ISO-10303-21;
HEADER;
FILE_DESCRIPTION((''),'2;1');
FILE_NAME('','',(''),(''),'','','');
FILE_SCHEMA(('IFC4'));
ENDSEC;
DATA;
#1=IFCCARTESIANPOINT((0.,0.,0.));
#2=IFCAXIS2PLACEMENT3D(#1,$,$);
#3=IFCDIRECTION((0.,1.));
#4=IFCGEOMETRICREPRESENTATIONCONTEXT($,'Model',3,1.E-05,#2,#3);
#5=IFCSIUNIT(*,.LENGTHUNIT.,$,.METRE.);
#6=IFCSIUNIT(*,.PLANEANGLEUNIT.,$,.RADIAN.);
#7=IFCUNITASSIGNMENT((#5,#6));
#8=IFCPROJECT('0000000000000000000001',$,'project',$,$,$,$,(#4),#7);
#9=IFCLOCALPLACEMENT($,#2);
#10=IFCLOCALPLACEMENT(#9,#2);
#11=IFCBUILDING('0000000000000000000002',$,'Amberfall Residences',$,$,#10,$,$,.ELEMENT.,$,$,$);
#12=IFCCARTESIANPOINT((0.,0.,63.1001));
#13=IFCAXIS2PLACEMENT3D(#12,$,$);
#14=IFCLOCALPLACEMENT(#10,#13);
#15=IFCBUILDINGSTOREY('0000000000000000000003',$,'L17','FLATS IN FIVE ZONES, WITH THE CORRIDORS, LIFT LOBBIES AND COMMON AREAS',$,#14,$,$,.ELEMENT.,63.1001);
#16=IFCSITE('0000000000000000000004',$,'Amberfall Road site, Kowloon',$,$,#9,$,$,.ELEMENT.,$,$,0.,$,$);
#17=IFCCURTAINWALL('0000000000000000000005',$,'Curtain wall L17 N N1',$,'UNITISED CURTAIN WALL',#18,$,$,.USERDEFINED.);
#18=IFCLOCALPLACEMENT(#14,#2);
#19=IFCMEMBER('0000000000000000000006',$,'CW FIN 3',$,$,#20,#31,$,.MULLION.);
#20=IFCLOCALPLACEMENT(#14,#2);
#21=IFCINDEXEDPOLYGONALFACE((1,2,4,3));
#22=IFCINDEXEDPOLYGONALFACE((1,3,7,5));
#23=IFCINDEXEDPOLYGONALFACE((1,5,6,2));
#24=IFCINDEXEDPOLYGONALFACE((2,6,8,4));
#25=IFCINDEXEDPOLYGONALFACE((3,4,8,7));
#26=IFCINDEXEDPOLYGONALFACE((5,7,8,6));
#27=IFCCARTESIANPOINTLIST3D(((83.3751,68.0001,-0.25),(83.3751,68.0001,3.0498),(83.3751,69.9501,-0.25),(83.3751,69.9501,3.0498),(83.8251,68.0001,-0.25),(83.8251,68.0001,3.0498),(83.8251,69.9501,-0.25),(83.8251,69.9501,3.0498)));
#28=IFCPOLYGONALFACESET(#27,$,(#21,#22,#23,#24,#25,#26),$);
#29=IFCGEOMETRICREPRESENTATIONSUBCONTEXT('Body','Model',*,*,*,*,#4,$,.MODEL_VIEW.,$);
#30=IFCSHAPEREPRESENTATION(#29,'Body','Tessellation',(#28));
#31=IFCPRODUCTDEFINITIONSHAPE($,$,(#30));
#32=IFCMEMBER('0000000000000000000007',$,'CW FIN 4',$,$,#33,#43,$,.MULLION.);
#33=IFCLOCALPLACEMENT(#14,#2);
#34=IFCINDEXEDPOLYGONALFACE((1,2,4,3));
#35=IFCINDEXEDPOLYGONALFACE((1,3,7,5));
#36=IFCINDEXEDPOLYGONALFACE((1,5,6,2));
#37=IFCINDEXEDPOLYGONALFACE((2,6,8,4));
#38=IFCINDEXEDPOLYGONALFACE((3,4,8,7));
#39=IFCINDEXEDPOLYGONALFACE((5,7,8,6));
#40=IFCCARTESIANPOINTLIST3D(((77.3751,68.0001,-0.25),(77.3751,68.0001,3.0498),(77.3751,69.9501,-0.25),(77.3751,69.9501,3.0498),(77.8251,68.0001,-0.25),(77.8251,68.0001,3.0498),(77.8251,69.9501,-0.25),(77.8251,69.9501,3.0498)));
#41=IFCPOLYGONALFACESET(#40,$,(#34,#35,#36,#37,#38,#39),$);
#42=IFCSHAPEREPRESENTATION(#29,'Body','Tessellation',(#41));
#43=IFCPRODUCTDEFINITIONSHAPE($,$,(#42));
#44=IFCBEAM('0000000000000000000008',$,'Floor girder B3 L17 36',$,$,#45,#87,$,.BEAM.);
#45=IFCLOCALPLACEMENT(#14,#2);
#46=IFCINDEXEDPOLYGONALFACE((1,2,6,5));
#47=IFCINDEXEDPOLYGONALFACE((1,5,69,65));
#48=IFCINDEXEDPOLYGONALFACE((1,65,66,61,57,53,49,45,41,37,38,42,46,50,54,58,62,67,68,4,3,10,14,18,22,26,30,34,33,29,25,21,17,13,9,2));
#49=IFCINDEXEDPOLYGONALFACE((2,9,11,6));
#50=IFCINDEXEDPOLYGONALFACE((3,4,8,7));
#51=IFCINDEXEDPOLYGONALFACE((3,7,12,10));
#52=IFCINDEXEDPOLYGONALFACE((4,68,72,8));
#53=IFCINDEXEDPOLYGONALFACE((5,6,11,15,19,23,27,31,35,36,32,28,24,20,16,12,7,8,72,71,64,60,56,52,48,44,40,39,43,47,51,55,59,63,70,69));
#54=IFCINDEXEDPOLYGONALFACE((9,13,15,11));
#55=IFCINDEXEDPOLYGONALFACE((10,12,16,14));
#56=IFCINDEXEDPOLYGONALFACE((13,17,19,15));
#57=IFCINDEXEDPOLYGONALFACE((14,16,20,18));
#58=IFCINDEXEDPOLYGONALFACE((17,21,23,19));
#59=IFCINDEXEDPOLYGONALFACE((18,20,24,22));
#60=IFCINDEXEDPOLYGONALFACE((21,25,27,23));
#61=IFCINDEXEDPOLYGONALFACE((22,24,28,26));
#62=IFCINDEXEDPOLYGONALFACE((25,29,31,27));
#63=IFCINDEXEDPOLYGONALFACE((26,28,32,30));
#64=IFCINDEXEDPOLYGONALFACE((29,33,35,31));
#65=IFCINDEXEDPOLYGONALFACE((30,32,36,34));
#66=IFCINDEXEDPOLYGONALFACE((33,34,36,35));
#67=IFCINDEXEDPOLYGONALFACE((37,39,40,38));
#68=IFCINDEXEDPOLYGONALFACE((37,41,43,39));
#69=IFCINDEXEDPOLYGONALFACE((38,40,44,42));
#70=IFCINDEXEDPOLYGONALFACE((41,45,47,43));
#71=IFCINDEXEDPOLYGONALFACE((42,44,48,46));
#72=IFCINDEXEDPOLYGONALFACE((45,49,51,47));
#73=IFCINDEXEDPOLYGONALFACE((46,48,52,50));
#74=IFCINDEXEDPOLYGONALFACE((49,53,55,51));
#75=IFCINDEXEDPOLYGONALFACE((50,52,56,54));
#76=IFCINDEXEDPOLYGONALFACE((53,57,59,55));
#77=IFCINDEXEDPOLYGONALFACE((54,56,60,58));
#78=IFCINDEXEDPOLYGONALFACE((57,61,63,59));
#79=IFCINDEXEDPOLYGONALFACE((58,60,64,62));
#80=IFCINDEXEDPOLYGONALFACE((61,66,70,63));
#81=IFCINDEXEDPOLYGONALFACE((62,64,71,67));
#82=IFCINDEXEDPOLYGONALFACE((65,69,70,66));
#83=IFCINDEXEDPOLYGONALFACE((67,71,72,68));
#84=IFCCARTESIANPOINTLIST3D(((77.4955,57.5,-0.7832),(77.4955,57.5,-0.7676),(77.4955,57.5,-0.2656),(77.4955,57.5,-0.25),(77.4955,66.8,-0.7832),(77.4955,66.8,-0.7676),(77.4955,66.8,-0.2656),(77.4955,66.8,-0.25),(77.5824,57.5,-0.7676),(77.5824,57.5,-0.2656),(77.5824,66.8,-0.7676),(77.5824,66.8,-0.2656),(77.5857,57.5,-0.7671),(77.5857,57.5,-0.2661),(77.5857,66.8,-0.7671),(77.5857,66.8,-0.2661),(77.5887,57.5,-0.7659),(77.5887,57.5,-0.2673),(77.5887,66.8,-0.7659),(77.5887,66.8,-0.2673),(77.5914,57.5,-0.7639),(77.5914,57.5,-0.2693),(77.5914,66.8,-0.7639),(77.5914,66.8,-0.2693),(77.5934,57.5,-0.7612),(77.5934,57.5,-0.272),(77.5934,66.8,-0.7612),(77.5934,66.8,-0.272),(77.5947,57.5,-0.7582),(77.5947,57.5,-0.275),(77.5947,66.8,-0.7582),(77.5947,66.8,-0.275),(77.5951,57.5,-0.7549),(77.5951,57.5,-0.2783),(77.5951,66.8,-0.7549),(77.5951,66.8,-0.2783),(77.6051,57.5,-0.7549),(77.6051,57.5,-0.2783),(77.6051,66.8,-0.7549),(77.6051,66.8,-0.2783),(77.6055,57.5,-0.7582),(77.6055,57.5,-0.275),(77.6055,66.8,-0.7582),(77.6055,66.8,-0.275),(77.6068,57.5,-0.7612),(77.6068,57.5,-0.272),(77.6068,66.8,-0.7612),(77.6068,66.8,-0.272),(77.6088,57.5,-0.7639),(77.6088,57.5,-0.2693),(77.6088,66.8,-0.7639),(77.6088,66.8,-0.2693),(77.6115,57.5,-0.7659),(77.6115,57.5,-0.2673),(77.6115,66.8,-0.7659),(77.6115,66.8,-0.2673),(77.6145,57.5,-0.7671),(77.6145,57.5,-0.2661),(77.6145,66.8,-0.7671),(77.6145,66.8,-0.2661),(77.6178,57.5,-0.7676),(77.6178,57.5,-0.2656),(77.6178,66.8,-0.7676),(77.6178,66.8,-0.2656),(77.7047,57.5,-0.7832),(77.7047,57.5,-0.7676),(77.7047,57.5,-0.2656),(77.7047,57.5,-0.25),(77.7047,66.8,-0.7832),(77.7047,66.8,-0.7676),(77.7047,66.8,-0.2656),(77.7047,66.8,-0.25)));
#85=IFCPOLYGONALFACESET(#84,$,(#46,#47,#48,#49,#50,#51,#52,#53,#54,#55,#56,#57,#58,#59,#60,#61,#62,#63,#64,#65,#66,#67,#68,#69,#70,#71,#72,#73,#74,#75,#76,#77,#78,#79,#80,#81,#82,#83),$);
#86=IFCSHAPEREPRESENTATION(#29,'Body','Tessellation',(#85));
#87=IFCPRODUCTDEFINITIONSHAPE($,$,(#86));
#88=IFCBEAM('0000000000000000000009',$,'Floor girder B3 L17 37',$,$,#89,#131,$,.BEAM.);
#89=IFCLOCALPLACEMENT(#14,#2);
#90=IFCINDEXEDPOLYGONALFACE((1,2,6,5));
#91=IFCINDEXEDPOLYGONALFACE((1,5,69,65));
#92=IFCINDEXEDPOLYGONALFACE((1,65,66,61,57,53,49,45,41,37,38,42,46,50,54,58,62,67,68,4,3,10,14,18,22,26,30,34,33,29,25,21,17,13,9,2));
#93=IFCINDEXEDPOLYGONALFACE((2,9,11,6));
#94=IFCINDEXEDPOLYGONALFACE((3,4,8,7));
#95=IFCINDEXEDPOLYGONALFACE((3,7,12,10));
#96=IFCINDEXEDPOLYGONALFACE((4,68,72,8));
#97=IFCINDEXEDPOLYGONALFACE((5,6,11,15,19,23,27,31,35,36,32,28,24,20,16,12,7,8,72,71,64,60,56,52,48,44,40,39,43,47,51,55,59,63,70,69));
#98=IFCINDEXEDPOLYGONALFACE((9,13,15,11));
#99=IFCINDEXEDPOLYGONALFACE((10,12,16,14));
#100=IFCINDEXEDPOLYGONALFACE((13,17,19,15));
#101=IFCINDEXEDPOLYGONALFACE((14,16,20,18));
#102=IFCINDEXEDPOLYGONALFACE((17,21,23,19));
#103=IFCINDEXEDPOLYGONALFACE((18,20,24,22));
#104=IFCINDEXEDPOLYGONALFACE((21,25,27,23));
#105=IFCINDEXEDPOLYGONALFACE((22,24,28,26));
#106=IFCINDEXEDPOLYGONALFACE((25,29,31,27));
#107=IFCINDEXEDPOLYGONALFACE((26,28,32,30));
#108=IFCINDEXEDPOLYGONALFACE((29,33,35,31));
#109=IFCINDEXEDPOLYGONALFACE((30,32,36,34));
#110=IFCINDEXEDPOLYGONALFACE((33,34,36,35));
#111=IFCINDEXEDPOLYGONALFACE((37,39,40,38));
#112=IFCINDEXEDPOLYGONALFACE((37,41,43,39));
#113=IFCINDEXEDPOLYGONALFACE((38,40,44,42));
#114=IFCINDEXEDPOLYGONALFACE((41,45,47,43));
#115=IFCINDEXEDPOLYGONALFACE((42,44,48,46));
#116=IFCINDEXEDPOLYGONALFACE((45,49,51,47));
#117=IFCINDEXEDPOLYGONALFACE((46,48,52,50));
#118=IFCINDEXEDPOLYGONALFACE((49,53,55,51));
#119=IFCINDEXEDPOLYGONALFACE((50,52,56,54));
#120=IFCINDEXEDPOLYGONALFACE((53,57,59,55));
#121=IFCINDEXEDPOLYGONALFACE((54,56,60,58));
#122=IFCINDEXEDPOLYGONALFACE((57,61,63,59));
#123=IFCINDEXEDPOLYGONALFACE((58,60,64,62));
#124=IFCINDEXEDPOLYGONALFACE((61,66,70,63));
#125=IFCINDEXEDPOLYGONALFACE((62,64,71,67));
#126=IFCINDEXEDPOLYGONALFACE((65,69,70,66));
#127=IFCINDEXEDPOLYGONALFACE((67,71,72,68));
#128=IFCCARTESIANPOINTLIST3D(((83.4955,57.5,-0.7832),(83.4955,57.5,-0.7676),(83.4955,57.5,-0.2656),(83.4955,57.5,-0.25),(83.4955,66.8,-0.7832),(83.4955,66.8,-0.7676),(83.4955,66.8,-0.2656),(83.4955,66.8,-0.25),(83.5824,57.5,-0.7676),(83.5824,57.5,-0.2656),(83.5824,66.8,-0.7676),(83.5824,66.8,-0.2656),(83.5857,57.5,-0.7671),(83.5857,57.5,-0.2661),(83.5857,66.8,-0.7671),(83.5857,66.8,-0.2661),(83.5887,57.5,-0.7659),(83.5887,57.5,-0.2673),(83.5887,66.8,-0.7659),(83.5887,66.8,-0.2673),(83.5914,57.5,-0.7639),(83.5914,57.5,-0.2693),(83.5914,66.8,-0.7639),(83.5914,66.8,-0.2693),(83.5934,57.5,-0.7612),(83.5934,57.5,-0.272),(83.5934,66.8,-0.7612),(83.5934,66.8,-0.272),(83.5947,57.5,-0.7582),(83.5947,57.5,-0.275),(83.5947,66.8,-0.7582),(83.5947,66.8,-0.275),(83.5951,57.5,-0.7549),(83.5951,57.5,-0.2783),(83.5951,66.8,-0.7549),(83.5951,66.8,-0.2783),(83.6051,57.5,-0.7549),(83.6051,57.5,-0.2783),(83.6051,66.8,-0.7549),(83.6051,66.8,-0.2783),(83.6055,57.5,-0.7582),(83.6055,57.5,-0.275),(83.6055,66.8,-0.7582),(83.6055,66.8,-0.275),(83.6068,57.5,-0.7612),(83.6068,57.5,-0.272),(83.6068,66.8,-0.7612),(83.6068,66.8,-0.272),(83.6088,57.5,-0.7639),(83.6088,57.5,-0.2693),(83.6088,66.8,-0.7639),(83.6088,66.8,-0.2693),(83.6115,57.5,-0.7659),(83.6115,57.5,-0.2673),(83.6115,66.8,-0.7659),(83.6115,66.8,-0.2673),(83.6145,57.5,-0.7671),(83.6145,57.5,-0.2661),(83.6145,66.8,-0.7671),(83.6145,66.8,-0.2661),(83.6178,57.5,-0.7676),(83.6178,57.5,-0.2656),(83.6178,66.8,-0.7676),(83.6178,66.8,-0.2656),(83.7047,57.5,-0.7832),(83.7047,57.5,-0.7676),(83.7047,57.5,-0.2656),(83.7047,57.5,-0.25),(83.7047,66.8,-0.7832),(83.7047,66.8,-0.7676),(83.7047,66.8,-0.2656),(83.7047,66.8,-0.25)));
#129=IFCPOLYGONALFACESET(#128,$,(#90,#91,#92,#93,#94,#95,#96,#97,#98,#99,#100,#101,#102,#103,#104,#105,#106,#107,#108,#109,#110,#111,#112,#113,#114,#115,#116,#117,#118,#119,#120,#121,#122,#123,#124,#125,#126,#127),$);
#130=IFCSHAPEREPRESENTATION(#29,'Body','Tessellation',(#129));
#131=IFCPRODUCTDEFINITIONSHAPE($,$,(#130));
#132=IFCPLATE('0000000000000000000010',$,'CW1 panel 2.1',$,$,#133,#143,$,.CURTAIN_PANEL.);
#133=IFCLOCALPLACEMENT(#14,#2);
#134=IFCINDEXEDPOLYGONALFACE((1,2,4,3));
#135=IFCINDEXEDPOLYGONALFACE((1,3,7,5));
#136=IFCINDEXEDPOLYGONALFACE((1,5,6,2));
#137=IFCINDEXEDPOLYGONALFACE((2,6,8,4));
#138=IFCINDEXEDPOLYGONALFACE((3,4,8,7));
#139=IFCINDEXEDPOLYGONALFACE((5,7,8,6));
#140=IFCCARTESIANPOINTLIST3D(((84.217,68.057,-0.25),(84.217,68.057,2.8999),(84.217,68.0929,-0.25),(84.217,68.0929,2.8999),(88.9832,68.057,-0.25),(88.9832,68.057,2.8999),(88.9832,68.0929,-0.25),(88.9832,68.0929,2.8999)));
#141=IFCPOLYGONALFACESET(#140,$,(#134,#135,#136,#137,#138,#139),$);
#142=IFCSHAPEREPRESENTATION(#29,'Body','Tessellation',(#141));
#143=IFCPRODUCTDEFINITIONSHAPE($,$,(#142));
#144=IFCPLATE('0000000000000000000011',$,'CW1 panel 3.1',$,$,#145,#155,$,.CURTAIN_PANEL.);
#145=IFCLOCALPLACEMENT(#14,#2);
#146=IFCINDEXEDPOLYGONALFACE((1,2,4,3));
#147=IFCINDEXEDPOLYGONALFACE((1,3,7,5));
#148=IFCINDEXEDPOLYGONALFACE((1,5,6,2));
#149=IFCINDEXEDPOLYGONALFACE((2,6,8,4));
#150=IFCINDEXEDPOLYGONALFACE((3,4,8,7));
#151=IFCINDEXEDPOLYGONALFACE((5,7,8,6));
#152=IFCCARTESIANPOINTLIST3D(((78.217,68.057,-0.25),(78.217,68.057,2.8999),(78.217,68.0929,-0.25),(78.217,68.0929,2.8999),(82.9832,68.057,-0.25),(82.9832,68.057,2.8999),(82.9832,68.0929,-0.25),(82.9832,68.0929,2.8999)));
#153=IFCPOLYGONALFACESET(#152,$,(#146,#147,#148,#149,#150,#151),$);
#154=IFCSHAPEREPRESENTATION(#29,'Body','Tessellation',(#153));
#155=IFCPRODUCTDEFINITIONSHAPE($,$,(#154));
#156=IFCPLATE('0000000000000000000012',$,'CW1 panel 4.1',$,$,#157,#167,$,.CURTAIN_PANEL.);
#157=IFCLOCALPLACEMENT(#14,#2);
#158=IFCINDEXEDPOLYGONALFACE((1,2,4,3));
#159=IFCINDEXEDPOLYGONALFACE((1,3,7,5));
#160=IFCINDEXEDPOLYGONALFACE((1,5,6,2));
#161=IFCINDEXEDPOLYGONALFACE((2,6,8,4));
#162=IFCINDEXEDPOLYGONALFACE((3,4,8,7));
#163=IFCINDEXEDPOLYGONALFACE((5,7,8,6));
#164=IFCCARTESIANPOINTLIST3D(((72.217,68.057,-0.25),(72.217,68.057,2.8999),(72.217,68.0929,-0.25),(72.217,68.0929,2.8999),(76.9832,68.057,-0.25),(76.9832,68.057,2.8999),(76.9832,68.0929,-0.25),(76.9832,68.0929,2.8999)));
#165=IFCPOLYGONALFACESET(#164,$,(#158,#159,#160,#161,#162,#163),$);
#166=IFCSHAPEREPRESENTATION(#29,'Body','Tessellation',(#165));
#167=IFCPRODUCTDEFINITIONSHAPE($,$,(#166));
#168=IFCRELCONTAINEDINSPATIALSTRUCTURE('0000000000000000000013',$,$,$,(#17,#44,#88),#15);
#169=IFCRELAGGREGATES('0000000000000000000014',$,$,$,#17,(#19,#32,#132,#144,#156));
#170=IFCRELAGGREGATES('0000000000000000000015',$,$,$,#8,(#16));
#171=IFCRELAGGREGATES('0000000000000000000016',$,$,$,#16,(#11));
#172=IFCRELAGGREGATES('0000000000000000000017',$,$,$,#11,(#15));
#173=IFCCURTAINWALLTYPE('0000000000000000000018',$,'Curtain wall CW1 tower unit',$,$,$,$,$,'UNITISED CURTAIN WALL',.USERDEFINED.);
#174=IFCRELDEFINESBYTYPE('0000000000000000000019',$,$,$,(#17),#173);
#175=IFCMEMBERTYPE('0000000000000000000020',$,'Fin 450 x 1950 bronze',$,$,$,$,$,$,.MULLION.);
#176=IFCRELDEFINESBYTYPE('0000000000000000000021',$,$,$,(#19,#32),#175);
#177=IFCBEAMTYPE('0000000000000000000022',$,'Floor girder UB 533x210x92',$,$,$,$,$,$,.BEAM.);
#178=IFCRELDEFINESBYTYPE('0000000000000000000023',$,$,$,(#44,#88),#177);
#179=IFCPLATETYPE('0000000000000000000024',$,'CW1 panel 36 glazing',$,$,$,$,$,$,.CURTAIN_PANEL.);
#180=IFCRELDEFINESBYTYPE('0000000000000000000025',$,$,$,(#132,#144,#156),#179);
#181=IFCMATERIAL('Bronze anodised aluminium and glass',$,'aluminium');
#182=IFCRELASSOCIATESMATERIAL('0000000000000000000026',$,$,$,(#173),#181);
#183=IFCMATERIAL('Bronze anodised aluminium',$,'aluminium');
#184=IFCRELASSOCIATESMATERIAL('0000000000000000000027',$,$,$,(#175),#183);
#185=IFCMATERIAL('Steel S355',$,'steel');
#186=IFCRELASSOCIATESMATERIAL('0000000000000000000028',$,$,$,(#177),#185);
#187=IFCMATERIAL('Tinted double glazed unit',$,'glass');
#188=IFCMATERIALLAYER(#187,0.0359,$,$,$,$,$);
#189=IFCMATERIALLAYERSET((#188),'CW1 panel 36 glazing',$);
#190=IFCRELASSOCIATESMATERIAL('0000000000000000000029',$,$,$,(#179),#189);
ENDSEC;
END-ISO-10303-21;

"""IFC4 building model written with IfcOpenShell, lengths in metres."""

from ifc_helpers import new_model, si_unit, direction, frame, origin, origin_2d, place, context, subcontext, project, spatial, rectangle, i_section, extrude, material, layer, layer_set, material_profile, profile_set, type_object, element, aggregate, save


model = new_model("IFC4")

# Units and contexts
model_context = context("Model", 3, precision=1e-05, world=origin(), true_north=direction((0.0, 1.0)))
body_context = subcontext(model_context, "Body", "Model", "MODEL_VIEW")
ifc_project = project(units=[si_unit("LENGTHUNIT", "METRE"), si_unit("PLANEANGLEUNIT", "RADIAN")], contexts=[model_context])

# Site, building, storey
site_placement = place(None, origin())
site = spatial("IfcSite", under=ifc_project, at=site_placement, Name="Amberfall Road site, Kowloon", CompositionType="ELEMENT", RefElevation=0.0)
building_placement = place(site_placement, origin())
building = spatial("IfcBuilding", under=site, at=building_placement, Name="Amberfall Residences", CompositionType="ELEMENT")
storey_placement = place(building_placement, frame((0.0, 0.0, 63.1001)))
storey = spatial("IfcBuildingStorey", under=building, at=storey_placement, Name="L17", Description="FLATS IN FIVE ZONES, WITH THE CORRIDORS, LIFT LOBBIES AND COMMON AREAS", CompositionType="ELEMENT", Elevation=63.1001)

# Curtain wall
ifc_material_1 = material(Name="Bronze anodised aluminium and glass", Category="aluminium")
curtain_wall_type = type_object("IfcCurtainWallType", Name="Curtain wall CW1 tower unit", ElementType="UNITISED CURTAIN WALL", PredefinedType="USERDEFINED", material=ifc_material_1)
curtain_wall_placement = place(storey_placement, origin())
curtain_wall = element("IfcCurtainWall", 1, at=curtain_wall_placement, inside=storey, type_object=curtain_wall_type, Name="Curtain wall L17 N N1", ObjectType="UNITISED CURTAIN WALL", PredefinedType="USERDEFINED")
ifc_material_2 = material(Name="Bronze anodised aluminium", Category="aluminium")

# Shared definitions
ifc_material_3 = material(Name="Steel S355", Category="steel")

# Members
ifc_material_profile_1 = material_profile(ifc_material_2, rectangle(XDim=1.95, YDim=0.45, at=origin_2d()), Name="Fin 450 x 1950 bronze")
ifc_profile_set_1 = profile_set([ifc_material_profile_1], Name="Bronze anodised aluminium")
member_type_1 = type_object("IfcMemberType", Name="Fin 450 x 1950 bronze", PredefinedType="MULLION", material=ifc_profile_set_1)
member_1_placement = place(storey_placement, frame((83.6001, 68.9751, -0.25), z_axis=(0.0, 0.0, 1.0), x_axis=(0.0, -1.0, 0.0)))
member_1 = element("IfcMember", 2, at=member_1_placement, type_object=member_type_1, Name="CW FIN 3", PredefinedType="MULLION", context=body_context, shape_type="SweptSolid", body=[
    extrude(rectangle(XDim=1.95, YDim=0.45, at=origin_2d()), origin(), (0.0, 0.0, 1.0), 3.2998),
])
member_2_placement = place(storey_placement, frame((77.6001, 68.9751, -0.25), z_axis=(0.0, 0.0, 1.0), x_axis=(0.0, -1.0, 0.0)))
member_2 = element("IfcMember", 3, at=member_2_placement, type_object=member_type_1, Name="CW FIN 4", PredefinedType="MULLION", context=body_context, shape_type="SweptSolid", body=[
    extrude(rectangle(XDim=1.95, YDim=0.45, at=origin_2d()), origin(), (0.0, 0.0, 1.0), 3.2998),
])

# Beams
ifc_material_profile_2 = material_profile(ifc_material_3, i_section(OverallWidth=0.2092, OverallDepth=0.5332, WebThickness=0.01, FlangeThickness=0.0156, FilletRadius=0.0127, at=origin_2d()), Name="UB 533x210x92")
ifc_profile_set_2 = profile_set([ifc_material_profile_2], Name="Steel S355")
beam_type_1 = type_object("IfcBeamType", Name="Floor girder UB 533x210x92", PredefinedType="BEAM", material=ifc_profile_set_2)
for number, where, z_axis, x_axis, name in (
    (4, (77.6001, 66.8, -0.5166), (0.0, -1.0, 0.0), (1.0, 0.0, 0.0), "Floor girder B3 L17 36"),
    (5, (83.6001, 66.8, -0.5166), (0.0, -1.0, 0.0), (1.0, 0.0, 0.0), "Floor girder B3 L17 37"),
):
    element("IfcBeam", number, at=place(storey_placement, frame(where, z_axis=z_axis, x_axis=x_axis)), inside=storey, type_object=beam_type_1, Name=name, PredefinedType="BEAM", context=body_context, shape_type="SweptSolid", body=[
        extrude(i_section(OverallWidth=0.2092, OverallDepth=0.5332, WebThickness=0.01, FlangeThickness=0.0156, FilletRadius=0.0127, at=origin_2d()), origin(), (0.0, 0.0, 1.0), 9.3),
    ])

# Plates
ifc_material_4 = material(Name="Tinted double glazed unit", Category="glass")
ifc_layer_1 = layer(ifc_material_4, 0.0359)
ifc_layer_set_1 = layer_set([ifc_layer_1], Name="CW1 panel 36 glazing")
plate_type = type_object("IfcPlateType", Name="CW1 panel 36 glazing", PredefinedType="CURTAIN_PANEL", material=ifc_layer_set_1)
plate_1_placement = place(storey_placement, frame((86.6001, 68.075, -0.25), z_axis=(0.0, 0.0, 1.0), x_axis=(-1.0, 0.0, 0.0)))
plate_1 = element("IfcPlate", 6, at=plate_1_placement, type_object=plate_type, Name="CW1 panel 2.1", PredefinedType="CURTAIN_PANEL", context=body_context, shape_type="SweptSolid", body=[
    extrude(rectangle(XDim=4.7661, YDim=0.0359, at=origin_2d()), origin(), (0.0, 0.0, 1.0), 3.1499),
])
plate_2_placement = place(storey_placement, frame((80.6001, 68.075, -0.25), z_axis=(0.0, 0.0, 1.0), x_axis=(-1.0, 0.0, 0.0)))
plate_2 = element("IfcPlate", 7, at=plate_2_placement, type_object=plate_type, Name="CW1 panel 3.1", PredefinedType="CURTAIN_PANEL", context=body_context, shape_type="SweptSolid", body=[
    extrude(rectangle(XDim=4.7661, YDim=0.0359, at=origin_2d()), origin(), (0.0, 0.0, 1.0), 3.1499),
])
plate_3_placement = place(storey_placement, frame((74.6001, 68.075, -0.25), z_axis=(0.0, 0.0, 1.0), x_axis=(-1.0, 0.0, 0.0)))
plate_3 = element("IfcPlate", 8, at=plate_3_placement, type_object=plate_type, Name="CW1 panel 4.1", PredefinedType="CURTAIN_PANEL", context=body_context, shape_type="SweptSolid", body=[
    extrude(rectangle(XDim=4.7661, YDim=0.0359, at=origin_2d()), origin(), (0.0, 0.0, 1.0), 3.1499),
])
aggregate(curtain_wall, [member_1, member_2, plate_1, plate_2, plate_3])

save(model, "model.ifc")
